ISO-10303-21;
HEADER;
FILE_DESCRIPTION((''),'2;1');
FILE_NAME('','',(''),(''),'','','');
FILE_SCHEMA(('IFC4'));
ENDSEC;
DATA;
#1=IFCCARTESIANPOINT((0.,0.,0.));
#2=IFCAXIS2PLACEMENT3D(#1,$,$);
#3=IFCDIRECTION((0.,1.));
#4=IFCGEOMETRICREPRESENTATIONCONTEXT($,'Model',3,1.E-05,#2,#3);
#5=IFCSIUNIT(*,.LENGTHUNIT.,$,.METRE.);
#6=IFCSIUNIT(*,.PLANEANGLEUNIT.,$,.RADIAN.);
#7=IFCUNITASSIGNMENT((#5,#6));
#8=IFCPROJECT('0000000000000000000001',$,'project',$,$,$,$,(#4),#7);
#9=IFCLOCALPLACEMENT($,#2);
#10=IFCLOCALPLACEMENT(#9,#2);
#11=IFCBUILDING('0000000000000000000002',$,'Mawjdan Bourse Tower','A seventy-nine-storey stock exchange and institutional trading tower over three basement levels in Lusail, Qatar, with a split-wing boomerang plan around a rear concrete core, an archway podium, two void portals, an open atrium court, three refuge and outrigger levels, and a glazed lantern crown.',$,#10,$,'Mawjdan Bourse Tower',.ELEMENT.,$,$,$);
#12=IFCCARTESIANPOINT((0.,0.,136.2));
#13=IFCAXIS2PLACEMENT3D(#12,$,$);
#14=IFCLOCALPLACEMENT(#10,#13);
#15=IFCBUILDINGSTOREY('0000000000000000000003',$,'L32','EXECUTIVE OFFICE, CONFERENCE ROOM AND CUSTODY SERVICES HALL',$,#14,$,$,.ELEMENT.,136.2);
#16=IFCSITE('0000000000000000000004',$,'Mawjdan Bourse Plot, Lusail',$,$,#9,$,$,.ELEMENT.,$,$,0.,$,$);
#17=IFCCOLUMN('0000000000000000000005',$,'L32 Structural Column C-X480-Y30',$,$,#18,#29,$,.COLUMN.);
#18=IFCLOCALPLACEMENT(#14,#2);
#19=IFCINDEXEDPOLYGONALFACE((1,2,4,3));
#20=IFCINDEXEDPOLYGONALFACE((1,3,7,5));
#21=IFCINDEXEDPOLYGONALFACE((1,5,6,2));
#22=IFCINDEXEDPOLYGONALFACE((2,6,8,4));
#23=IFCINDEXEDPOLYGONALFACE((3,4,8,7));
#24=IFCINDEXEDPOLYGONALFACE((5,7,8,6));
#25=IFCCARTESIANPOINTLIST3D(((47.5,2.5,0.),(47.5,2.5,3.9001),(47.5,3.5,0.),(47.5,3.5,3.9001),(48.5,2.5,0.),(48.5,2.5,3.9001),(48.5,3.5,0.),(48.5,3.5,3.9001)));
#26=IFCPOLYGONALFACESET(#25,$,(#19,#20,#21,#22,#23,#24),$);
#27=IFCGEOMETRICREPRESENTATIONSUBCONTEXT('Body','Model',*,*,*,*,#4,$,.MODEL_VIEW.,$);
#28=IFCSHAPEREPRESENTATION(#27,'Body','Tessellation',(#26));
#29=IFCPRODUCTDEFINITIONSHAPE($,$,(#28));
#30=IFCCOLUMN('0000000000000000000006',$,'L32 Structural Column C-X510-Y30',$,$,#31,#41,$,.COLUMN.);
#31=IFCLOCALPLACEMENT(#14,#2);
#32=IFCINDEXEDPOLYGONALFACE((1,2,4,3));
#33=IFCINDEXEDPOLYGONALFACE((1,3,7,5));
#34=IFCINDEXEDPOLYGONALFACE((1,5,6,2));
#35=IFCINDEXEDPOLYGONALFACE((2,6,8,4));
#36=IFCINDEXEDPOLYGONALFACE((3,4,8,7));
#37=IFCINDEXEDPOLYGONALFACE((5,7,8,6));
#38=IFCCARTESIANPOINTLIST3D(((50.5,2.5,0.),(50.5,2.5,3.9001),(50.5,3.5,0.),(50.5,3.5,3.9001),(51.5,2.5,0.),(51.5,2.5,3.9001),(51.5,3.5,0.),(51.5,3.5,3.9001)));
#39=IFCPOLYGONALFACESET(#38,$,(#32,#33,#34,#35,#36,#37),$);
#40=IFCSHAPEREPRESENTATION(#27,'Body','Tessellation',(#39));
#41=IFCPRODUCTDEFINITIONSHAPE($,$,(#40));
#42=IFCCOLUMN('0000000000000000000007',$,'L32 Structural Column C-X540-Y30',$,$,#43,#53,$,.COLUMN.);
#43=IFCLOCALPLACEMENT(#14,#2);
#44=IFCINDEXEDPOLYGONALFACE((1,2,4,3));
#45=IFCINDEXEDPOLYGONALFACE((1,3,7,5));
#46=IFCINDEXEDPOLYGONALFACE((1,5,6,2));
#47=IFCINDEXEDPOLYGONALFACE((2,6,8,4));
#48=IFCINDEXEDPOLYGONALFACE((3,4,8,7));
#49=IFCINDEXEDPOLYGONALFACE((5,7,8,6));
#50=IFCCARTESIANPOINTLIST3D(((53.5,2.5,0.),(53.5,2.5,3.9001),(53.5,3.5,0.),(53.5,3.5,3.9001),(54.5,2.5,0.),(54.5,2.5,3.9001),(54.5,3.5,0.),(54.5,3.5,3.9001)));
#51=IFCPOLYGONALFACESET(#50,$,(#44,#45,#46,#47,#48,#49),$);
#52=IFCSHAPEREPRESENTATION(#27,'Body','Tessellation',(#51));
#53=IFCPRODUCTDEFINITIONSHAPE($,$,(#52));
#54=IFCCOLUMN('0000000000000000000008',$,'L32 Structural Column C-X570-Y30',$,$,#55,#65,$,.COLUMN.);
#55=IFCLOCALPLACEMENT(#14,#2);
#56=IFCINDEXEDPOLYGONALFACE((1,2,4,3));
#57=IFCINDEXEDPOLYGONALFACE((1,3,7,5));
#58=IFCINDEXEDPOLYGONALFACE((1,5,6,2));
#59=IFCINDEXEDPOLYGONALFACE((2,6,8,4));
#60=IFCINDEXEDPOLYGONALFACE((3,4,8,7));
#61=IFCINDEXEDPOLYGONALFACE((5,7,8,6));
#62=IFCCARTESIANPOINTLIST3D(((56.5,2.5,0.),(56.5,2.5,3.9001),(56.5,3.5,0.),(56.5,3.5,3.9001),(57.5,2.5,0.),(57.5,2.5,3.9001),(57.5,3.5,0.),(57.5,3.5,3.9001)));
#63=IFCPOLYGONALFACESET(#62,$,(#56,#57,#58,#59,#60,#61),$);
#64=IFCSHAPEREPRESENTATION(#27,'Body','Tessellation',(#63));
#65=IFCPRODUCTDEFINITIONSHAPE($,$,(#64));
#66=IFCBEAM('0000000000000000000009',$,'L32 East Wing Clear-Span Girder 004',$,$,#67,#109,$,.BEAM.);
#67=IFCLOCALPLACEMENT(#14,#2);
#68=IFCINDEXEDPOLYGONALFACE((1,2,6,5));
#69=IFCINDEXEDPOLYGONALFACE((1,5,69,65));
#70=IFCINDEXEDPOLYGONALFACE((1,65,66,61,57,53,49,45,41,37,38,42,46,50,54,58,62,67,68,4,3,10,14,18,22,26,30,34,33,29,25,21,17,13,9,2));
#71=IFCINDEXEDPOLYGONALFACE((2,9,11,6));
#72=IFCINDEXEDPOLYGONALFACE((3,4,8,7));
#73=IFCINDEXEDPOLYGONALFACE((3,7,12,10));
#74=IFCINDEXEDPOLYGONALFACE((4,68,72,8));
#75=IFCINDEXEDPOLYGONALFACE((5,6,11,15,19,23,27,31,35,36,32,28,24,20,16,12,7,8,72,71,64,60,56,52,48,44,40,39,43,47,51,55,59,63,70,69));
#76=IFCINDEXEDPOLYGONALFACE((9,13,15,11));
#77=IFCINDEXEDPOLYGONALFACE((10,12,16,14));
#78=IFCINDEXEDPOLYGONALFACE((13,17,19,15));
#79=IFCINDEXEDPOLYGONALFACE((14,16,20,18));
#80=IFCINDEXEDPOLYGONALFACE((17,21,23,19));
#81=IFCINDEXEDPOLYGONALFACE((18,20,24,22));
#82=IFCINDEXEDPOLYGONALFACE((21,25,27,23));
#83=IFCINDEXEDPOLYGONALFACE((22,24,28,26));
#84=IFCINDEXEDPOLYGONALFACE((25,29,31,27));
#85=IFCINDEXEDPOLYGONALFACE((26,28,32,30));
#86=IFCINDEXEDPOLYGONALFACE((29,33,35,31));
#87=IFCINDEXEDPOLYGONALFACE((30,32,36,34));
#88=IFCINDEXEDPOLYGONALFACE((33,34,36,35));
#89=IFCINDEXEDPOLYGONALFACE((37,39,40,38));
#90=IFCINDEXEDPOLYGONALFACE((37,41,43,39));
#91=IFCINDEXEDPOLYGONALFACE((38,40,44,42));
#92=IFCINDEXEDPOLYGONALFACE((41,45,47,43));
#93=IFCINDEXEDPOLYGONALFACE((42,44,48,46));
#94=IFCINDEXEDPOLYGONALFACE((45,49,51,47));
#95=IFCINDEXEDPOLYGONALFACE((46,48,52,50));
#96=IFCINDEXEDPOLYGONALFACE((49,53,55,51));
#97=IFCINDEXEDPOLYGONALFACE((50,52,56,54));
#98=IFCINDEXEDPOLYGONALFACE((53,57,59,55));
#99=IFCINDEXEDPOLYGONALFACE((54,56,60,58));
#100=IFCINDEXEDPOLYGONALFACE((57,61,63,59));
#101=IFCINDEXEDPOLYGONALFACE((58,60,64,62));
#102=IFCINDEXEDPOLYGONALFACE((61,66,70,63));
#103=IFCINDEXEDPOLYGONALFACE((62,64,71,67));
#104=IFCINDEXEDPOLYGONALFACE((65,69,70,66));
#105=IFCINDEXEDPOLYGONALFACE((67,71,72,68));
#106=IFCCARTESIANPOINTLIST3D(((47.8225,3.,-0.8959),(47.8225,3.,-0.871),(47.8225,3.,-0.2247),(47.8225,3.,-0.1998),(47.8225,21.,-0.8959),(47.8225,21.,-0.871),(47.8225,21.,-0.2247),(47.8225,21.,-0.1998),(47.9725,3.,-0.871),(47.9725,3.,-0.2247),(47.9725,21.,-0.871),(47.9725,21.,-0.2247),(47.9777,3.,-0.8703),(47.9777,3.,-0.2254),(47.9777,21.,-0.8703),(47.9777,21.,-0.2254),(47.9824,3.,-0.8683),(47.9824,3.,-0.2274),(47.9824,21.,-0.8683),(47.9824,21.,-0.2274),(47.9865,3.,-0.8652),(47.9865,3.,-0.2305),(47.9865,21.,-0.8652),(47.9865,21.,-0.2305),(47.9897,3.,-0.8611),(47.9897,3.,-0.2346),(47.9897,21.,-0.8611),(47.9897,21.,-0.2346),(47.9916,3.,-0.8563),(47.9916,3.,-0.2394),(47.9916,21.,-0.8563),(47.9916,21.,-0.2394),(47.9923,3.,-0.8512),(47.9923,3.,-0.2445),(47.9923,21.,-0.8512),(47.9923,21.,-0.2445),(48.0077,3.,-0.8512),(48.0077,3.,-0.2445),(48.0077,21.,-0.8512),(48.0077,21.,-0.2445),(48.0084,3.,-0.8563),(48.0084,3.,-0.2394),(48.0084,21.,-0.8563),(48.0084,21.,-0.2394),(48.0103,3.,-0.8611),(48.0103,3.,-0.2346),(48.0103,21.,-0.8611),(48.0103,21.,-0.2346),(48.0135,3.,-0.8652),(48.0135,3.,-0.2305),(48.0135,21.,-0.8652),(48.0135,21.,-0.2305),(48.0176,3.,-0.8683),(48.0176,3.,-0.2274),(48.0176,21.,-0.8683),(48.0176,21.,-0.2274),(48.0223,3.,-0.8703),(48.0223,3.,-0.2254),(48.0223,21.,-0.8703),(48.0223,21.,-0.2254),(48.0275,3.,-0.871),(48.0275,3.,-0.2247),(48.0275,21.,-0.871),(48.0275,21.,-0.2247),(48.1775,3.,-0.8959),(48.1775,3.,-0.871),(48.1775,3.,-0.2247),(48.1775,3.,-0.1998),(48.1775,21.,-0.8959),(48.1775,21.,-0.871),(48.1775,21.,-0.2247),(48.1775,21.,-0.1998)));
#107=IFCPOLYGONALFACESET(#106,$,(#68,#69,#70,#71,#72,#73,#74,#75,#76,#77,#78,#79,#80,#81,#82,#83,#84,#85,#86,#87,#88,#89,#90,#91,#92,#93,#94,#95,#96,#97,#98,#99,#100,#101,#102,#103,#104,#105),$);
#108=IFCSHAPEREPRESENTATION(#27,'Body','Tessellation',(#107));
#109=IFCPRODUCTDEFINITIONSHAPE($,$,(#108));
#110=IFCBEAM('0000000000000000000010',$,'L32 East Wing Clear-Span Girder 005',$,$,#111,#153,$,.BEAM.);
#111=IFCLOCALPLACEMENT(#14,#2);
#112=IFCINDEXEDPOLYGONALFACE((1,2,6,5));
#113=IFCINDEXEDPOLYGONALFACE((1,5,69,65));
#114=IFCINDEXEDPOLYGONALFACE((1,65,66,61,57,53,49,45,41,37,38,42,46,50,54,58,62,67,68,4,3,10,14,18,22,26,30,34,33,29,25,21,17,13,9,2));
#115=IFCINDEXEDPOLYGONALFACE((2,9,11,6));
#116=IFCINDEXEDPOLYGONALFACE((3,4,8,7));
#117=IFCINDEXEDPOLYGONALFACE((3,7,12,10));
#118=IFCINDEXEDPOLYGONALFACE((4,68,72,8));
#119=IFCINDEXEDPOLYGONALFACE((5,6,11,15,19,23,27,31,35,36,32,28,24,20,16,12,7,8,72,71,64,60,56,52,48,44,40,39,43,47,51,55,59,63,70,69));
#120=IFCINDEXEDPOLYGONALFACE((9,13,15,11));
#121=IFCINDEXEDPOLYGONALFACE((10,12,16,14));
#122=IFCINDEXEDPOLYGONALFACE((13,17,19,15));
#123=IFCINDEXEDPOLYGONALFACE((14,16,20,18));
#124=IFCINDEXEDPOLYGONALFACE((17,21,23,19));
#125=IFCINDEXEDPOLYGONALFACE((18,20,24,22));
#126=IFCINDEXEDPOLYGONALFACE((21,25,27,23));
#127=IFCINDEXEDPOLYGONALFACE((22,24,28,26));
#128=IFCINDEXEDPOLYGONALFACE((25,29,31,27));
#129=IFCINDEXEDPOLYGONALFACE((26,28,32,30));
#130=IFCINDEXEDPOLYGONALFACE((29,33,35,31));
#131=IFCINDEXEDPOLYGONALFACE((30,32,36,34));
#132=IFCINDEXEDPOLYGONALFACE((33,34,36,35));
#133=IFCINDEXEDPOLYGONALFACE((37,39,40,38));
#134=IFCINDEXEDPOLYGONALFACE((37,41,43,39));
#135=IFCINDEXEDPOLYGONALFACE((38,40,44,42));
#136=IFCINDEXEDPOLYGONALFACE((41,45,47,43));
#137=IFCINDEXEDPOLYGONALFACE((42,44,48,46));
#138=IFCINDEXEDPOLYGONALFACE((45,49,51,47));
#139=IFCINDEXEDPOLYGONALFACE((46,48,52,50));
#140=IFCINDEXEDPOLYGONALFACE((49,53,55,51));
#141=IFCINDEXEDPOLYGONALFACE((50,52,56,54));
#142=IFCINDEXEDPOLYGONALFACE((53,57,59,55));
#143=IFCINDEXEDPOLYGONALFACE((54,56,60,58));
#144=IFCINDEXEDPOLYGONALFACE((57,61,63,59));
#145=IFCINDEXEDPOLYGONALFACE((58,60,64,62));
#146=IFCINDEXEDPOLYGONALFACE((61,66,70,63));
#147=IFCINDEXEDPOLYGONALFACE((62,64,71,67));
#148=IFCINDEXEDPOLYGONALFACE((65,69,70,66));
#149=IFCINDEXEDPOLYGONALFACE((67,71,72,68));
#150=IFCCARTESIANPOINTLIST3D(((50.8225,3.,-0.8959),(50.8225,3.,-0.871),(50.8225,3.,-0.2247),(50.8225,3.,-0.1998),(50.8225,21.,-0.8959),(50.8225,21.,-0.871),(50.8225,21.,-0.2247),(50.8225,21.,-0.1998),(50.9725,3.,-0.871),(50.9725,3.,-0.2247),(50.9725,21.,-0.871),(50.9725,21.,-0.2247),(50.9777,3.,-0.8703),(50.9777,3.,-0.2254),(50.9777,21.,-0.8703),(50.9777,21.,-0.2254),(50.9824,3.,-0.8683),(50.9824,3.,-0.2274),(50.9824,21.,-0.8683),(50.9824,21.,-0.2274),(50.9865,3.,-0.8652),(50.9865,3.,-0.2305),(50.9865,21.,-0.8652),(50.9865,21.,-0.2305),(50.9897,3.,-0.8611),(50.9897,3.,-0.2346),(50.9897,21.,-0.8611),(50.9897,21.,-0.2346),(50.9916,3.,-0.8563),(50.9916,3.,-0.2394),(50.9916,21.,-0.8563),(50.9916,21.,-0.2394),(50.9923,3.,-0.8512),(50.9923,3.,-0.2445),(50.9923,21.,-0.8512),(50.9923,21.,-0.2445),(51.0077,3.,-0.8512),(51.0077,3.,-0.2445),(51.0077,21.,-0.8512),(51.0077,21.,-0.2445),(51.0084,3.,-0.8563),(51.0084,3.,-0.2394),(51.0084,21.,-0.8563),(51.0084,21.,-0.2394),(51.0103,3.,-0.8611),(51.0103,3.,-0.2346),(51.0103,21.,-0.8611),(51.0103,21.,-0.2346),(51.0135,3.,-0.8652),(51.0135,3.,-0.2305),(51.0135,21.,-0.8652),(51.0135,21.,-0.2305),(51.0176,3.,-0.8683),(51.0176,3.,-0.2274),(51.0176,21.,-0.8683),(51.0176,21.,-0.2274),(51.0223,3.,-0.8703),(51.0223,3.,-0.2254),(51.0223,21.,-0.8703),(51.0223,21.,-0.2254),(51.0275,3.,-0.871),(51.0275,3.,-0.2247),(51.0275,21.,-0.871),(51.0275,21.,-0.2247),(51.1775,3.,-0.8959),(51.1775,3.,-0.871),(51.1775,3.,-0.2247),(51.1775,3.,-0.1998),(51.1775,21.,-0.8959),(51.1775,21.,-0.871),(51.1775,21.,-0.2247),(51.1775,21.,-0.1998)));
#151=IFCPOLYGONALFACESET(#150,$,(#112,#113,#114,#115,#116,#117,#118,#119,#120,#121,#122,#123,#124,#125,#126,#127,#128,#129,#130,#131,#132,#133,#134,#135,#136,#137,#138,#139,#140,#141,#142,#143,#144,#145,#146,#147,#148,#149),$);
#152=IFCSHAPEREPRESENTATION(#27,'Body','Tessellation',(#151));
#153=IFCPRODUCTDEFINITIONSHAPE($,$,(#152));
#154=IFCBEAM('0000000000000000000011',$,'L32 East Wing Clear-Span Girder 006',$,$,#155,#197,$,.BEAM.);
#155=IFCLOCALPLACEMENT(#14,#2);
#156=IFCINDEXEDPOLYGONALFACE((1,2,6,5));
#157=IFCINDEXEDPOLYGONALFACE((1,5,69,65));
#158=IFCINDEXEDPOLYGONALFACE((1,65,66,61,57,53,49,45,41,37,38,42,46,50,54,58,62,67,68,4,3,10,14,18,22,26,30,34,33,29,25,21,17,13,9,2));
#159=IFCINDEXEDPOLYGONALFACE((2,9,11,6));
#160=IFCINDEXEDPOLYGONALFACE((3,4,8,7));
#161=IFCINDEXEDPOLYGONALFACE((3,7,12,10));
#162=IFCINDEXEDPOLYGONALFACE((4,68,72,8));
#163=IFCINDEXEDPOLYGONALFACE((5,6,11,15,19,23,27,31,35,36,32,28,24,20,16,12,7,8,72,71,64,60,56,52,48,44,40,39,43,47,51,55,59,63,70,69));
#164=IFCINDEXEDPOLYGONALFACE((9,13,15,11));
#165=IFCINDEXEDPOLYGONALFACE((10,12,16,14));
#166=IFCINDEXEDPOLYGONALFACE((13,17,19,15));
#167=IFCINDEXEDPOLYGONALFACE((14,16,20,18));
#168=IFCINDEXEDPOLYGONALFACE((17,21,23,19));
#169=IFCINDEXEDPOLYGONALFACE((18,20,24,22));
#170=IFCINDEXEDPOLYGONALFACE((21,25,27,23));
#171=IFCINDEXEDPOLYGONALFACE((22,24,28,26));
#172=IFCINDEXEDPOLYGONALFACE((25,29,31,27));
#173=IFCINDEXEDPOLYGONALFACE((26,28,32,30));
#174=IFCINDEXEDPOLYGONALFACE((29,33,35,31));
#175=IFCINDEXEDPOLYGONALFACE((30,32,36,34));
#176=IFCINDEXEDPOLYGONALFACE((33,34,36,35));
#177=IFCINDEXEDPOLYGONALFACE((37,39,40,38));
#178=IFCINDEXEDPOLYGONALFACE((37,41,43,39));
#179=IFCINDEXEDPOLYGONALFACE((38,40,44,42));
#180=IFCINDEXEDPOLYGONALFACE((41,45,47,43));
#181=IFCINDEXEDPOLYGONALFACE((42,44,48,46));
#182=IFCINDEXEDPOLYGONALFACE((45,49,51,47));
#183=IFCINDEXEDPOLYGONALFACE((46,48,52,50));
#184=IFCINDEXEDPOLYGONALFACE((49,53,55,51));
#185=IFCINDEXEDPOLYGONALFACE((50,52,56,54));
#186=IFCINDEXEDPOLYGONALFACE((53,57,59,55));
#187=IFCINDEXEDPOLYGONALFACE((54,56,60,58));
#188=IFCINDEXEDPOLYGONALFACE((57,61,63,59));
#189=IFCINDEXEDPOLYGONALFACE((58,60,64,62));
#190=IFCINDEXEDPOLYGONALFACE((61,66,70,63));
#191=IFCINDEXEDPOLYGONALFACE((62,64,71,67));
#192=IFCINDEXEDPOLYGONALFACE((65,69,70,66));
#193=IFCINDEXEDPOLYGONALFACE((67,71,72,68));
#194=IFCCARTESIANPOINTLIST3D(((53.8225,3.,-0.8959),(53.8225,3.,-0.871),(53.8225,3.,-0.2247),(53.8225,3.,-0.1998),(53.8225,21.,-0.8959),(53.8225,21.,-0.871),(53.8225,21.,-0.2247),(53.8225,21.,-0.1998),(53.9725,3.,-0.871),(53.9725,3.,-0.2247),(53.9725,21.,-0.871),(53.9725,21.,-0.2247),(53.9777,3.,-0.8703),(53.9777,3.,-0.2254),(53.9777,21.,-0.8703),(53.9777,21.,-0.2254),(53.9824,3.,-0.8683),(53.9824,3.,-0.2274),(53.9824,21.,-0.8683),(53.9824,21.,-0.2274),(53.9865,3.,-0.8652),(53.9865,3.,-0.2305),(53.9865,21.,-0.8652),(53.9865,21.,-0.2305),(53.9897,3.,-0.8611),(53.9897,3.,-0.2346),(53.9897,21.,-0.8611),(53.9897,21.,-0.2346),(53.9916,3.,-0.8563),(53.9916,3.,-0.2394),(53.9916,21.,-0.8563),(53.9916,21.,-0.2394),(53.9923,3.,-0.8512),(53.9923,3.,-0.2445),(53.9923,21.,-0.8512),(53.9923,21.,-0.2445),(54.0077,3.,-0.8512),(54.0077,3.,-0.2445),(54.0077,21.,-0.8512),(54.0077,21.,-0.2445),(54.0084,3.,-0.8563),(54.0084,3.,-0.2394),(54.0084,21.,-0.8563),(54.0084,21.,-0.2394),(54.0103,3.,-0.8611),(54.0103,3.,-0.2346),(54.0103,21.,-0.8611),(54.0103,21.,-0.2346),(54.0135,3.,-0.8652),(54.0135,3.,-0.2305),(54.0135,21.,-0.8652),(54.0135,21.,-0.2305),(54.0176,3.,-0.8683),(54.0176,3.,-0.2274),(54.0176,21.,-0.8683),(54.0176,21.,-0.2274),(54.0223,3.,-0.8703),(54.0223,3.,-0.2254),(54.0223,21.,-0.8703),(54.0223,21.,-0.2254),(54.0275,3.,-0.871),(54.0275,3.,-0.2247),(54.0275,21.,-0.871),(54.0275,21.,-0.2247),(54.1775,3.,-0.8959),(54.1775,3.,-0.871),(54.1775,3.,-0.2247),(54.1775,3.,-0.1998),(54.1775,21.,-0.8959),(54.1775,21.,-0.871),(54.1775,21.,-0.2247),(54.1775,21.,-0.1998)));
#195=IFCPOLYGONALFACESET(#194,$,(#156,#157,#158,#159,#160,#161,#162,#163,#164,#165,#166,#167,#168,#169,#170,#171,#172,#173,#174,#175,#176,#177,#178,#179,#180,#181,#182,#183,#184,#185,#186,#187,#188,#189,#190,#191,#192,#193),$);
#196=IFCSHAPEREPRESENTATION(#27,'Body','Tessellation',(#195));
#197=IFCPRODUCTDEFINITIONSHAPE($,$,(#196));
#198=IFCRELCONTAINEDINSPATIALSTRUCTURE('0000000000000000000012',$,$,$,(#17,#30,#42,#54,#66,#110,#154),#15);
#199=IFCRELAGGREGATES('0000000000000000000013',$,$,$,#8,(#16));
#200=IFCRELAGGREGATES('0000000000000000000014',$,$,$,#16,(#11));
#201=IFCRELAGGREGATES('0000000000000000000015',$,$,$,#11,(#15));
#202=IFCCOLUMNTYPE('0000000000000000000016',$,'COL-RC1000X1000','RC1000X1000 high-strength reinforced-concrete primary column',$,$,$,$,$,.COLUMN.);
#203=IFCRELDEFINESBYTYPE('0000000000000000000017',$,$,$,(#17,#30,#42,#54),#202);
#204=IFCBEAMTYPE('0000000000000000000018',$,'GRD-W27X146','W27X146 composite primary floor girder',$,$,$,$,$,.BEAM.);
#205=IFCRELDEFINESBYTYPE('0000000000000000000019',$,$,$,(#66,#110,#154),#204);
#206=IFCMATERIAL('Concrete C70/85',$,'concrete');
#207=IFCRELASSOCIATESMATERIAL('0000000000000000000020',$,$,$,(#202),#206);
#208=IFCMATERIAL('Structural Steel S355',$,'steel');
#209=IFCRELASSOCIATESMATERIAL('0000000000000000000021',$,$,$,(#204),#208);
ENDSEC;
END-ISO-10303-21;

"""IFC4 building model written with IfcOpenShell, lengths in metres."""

from ifc_helpers import new_model, si_unit, direction, frame, origin, origin_2d, place, context, subcontext, project, spatial, rectangle, i_section, extrude, material, material_profile, profile_set, type_object, element, save


model = new_model("IFC4")

# Units and contexts
model_context = context("Model", 3, precision=1e-05, world=origin(), true_north=direction((0.0, 1.0)))
body_context = subcontext(model_context, "Body", "Model", "MODEL_VIEW")
ifc_project = project(units=[si_unit("LENGTHUNIT", "METRE"), si_unit("PLANEANGLEUNIT", "RADIAN")], contexts=[model_context])

# Site, building, storey
site_placement = place(None, origin())
site = spatial("IfcSite", under=ifc_project, at=site_placement, Name="Mawjdan Bourse Plot, Lusail", CompositionType="ELEMENT", RefElevation=0.0)
building_placement = place(site_placement, origin())
building = spatial("IfcBuilding", under=site, at=building_placement, Name="Mawjdan Bourse Tower", Description="A seventy-nine-storey stock exchange and institutional trading tower over three basement levels in Lusail, Qatar, with a split-wing boomerang plan around a rear concrete core, an archway podium, two void portals, an open atrium court, three refuge and outrigger levels, and a glazed lantern crown.", LongName="Mawjdan Bourse Tower", CompositionType="ELEMENT")
storey_placement = place(building_placement, frame((0.0, 0.0, 136.2)))
storey = spatial("IfcBuildingStorey", under=building, at=storey_placement, Name="L32", Description="EXECUTIVE OFFICE, CONFERENCE ROOM AND CUSTODY SERVICES HALL", CompositionType="ELEMENT", Elevation=136.2)

# Columns
ifc_material_1 = material(Name="Concrete C70/85", Category="concrete")
ifc_material_profile_1 = material_profile(ifc_material_1, rectangle(XDim=1.0, YDim=1.0, at=origin_2d()), Name="RC1000X1000")
ifc_profile_set_1 = profile_set([ifc_material_profile_1], Name="Concrete C70/85")
column_type = type_object("IfcColumnType", Name="COL-RC1000X1000", Description="RC1000X1000 high-strength reinforced-concrete primary column", PredefinedType="COLUMN", material=ifc_profile_set_1)
for number, where, z_axis, x_axis, name in (
    (1, (48.0, 3.0, 0.0), (0.0, 0.0, 1.0), (1.0, 0.0, 0.0), "L32 Structural Column C-X480-Y30"),
    (2, (51.0, 3.0, 0.0), (0.0, 0.0, 1.0), (1.0, 0.0, 0.0), "L32 Structural Column C-X510-Y30"),
    (3, (54.0, 3.0, 0.0), (0.0, 0.0, 1.0), (1.0, 0.0, 0.0), "L32 Structural Column C-X540-Y30"),
    (4, (57.0, 3.0, 0.0), (0.0, 0.0, 1.0), (1.0, 0.0, 0.0), "L32 Structural Column C-X570-Y30"),
):
    element("IfcColumn", number, at=place(storey_placement, frame(where, z_axis=z_axis, x_axis=x_axis)), inside=storey, type_object=column_type, Name=name, PredefinedType="COLUMN", context=body_context, shape_type="SweptSolid", body=[
        extrude(rectangle(XDim=1.0, YDim=1.0, at=origin_2d()), origin(), (0.0, 0.0, 1.0), 3.9001),
    ])

# Beams
ifc_material_2 = material(Name="Structural Steel S355", Category="steel")
ifc_material_profile_2 = material_profile(ifc_material_2, i_section(OverallWidth=0.355, OverallDepth=0.696, WebThickness=0.0154, FlangeThickness=0.0249, FilletRadius=0.0198, at=origin_2d()), Name="W27X146")
ifc_profile_set_2 = profile_set([ifc_material_profile_2], Name="Structural Steel S355")
beam_type_1 = type_object("IfcBeamType", Name="GRD-W27X146", Description="W27X146 composite primary floor girder", PredefinedType="BEAM", material=ifc_profile_set_2)
for number, where, z_axis, x_axis, name in (
    (5, (48.0, 3.0, -0.5479), (0.0, 1.0, 0.0), (-1.0, 0.0, 0.0), "L32 East Wing Clear-Span Girder 004"),
    (6, (51.0, 3.0, -0.5479), (0.0, 1.0, 0.0), (-1.0, 0.0, 0.0), "L32 East Wing Clear-Span Girder 005"),
    (7, (54.0, 3.0, -0.5479), (0.0, 1.0, 0.0), (-1.0, 0.0, 0.0), "L32 East Wing Clear-Span Girder 006"),
):
    element("IfcBeam", number, at=place(storey_placement, frame(where, z_axis=z_axis, x_axis=x_axis)), inside=storey, type_object=beam_type_1, Name=name, PredefinedType="BEAM", context=body_context, shape_type="SweptSolid", body=[
        extrude(i_section(OverallWidth=0.355, OverallDepth=0.696, WebThickness=0.0154, FlangeThickness=0.0249, FilletRadius=0.0198, at=origin_2d()), origin(), (0.0, 0.0, 1.0), 18.0),
    ])

save(model, "model.ifc")
